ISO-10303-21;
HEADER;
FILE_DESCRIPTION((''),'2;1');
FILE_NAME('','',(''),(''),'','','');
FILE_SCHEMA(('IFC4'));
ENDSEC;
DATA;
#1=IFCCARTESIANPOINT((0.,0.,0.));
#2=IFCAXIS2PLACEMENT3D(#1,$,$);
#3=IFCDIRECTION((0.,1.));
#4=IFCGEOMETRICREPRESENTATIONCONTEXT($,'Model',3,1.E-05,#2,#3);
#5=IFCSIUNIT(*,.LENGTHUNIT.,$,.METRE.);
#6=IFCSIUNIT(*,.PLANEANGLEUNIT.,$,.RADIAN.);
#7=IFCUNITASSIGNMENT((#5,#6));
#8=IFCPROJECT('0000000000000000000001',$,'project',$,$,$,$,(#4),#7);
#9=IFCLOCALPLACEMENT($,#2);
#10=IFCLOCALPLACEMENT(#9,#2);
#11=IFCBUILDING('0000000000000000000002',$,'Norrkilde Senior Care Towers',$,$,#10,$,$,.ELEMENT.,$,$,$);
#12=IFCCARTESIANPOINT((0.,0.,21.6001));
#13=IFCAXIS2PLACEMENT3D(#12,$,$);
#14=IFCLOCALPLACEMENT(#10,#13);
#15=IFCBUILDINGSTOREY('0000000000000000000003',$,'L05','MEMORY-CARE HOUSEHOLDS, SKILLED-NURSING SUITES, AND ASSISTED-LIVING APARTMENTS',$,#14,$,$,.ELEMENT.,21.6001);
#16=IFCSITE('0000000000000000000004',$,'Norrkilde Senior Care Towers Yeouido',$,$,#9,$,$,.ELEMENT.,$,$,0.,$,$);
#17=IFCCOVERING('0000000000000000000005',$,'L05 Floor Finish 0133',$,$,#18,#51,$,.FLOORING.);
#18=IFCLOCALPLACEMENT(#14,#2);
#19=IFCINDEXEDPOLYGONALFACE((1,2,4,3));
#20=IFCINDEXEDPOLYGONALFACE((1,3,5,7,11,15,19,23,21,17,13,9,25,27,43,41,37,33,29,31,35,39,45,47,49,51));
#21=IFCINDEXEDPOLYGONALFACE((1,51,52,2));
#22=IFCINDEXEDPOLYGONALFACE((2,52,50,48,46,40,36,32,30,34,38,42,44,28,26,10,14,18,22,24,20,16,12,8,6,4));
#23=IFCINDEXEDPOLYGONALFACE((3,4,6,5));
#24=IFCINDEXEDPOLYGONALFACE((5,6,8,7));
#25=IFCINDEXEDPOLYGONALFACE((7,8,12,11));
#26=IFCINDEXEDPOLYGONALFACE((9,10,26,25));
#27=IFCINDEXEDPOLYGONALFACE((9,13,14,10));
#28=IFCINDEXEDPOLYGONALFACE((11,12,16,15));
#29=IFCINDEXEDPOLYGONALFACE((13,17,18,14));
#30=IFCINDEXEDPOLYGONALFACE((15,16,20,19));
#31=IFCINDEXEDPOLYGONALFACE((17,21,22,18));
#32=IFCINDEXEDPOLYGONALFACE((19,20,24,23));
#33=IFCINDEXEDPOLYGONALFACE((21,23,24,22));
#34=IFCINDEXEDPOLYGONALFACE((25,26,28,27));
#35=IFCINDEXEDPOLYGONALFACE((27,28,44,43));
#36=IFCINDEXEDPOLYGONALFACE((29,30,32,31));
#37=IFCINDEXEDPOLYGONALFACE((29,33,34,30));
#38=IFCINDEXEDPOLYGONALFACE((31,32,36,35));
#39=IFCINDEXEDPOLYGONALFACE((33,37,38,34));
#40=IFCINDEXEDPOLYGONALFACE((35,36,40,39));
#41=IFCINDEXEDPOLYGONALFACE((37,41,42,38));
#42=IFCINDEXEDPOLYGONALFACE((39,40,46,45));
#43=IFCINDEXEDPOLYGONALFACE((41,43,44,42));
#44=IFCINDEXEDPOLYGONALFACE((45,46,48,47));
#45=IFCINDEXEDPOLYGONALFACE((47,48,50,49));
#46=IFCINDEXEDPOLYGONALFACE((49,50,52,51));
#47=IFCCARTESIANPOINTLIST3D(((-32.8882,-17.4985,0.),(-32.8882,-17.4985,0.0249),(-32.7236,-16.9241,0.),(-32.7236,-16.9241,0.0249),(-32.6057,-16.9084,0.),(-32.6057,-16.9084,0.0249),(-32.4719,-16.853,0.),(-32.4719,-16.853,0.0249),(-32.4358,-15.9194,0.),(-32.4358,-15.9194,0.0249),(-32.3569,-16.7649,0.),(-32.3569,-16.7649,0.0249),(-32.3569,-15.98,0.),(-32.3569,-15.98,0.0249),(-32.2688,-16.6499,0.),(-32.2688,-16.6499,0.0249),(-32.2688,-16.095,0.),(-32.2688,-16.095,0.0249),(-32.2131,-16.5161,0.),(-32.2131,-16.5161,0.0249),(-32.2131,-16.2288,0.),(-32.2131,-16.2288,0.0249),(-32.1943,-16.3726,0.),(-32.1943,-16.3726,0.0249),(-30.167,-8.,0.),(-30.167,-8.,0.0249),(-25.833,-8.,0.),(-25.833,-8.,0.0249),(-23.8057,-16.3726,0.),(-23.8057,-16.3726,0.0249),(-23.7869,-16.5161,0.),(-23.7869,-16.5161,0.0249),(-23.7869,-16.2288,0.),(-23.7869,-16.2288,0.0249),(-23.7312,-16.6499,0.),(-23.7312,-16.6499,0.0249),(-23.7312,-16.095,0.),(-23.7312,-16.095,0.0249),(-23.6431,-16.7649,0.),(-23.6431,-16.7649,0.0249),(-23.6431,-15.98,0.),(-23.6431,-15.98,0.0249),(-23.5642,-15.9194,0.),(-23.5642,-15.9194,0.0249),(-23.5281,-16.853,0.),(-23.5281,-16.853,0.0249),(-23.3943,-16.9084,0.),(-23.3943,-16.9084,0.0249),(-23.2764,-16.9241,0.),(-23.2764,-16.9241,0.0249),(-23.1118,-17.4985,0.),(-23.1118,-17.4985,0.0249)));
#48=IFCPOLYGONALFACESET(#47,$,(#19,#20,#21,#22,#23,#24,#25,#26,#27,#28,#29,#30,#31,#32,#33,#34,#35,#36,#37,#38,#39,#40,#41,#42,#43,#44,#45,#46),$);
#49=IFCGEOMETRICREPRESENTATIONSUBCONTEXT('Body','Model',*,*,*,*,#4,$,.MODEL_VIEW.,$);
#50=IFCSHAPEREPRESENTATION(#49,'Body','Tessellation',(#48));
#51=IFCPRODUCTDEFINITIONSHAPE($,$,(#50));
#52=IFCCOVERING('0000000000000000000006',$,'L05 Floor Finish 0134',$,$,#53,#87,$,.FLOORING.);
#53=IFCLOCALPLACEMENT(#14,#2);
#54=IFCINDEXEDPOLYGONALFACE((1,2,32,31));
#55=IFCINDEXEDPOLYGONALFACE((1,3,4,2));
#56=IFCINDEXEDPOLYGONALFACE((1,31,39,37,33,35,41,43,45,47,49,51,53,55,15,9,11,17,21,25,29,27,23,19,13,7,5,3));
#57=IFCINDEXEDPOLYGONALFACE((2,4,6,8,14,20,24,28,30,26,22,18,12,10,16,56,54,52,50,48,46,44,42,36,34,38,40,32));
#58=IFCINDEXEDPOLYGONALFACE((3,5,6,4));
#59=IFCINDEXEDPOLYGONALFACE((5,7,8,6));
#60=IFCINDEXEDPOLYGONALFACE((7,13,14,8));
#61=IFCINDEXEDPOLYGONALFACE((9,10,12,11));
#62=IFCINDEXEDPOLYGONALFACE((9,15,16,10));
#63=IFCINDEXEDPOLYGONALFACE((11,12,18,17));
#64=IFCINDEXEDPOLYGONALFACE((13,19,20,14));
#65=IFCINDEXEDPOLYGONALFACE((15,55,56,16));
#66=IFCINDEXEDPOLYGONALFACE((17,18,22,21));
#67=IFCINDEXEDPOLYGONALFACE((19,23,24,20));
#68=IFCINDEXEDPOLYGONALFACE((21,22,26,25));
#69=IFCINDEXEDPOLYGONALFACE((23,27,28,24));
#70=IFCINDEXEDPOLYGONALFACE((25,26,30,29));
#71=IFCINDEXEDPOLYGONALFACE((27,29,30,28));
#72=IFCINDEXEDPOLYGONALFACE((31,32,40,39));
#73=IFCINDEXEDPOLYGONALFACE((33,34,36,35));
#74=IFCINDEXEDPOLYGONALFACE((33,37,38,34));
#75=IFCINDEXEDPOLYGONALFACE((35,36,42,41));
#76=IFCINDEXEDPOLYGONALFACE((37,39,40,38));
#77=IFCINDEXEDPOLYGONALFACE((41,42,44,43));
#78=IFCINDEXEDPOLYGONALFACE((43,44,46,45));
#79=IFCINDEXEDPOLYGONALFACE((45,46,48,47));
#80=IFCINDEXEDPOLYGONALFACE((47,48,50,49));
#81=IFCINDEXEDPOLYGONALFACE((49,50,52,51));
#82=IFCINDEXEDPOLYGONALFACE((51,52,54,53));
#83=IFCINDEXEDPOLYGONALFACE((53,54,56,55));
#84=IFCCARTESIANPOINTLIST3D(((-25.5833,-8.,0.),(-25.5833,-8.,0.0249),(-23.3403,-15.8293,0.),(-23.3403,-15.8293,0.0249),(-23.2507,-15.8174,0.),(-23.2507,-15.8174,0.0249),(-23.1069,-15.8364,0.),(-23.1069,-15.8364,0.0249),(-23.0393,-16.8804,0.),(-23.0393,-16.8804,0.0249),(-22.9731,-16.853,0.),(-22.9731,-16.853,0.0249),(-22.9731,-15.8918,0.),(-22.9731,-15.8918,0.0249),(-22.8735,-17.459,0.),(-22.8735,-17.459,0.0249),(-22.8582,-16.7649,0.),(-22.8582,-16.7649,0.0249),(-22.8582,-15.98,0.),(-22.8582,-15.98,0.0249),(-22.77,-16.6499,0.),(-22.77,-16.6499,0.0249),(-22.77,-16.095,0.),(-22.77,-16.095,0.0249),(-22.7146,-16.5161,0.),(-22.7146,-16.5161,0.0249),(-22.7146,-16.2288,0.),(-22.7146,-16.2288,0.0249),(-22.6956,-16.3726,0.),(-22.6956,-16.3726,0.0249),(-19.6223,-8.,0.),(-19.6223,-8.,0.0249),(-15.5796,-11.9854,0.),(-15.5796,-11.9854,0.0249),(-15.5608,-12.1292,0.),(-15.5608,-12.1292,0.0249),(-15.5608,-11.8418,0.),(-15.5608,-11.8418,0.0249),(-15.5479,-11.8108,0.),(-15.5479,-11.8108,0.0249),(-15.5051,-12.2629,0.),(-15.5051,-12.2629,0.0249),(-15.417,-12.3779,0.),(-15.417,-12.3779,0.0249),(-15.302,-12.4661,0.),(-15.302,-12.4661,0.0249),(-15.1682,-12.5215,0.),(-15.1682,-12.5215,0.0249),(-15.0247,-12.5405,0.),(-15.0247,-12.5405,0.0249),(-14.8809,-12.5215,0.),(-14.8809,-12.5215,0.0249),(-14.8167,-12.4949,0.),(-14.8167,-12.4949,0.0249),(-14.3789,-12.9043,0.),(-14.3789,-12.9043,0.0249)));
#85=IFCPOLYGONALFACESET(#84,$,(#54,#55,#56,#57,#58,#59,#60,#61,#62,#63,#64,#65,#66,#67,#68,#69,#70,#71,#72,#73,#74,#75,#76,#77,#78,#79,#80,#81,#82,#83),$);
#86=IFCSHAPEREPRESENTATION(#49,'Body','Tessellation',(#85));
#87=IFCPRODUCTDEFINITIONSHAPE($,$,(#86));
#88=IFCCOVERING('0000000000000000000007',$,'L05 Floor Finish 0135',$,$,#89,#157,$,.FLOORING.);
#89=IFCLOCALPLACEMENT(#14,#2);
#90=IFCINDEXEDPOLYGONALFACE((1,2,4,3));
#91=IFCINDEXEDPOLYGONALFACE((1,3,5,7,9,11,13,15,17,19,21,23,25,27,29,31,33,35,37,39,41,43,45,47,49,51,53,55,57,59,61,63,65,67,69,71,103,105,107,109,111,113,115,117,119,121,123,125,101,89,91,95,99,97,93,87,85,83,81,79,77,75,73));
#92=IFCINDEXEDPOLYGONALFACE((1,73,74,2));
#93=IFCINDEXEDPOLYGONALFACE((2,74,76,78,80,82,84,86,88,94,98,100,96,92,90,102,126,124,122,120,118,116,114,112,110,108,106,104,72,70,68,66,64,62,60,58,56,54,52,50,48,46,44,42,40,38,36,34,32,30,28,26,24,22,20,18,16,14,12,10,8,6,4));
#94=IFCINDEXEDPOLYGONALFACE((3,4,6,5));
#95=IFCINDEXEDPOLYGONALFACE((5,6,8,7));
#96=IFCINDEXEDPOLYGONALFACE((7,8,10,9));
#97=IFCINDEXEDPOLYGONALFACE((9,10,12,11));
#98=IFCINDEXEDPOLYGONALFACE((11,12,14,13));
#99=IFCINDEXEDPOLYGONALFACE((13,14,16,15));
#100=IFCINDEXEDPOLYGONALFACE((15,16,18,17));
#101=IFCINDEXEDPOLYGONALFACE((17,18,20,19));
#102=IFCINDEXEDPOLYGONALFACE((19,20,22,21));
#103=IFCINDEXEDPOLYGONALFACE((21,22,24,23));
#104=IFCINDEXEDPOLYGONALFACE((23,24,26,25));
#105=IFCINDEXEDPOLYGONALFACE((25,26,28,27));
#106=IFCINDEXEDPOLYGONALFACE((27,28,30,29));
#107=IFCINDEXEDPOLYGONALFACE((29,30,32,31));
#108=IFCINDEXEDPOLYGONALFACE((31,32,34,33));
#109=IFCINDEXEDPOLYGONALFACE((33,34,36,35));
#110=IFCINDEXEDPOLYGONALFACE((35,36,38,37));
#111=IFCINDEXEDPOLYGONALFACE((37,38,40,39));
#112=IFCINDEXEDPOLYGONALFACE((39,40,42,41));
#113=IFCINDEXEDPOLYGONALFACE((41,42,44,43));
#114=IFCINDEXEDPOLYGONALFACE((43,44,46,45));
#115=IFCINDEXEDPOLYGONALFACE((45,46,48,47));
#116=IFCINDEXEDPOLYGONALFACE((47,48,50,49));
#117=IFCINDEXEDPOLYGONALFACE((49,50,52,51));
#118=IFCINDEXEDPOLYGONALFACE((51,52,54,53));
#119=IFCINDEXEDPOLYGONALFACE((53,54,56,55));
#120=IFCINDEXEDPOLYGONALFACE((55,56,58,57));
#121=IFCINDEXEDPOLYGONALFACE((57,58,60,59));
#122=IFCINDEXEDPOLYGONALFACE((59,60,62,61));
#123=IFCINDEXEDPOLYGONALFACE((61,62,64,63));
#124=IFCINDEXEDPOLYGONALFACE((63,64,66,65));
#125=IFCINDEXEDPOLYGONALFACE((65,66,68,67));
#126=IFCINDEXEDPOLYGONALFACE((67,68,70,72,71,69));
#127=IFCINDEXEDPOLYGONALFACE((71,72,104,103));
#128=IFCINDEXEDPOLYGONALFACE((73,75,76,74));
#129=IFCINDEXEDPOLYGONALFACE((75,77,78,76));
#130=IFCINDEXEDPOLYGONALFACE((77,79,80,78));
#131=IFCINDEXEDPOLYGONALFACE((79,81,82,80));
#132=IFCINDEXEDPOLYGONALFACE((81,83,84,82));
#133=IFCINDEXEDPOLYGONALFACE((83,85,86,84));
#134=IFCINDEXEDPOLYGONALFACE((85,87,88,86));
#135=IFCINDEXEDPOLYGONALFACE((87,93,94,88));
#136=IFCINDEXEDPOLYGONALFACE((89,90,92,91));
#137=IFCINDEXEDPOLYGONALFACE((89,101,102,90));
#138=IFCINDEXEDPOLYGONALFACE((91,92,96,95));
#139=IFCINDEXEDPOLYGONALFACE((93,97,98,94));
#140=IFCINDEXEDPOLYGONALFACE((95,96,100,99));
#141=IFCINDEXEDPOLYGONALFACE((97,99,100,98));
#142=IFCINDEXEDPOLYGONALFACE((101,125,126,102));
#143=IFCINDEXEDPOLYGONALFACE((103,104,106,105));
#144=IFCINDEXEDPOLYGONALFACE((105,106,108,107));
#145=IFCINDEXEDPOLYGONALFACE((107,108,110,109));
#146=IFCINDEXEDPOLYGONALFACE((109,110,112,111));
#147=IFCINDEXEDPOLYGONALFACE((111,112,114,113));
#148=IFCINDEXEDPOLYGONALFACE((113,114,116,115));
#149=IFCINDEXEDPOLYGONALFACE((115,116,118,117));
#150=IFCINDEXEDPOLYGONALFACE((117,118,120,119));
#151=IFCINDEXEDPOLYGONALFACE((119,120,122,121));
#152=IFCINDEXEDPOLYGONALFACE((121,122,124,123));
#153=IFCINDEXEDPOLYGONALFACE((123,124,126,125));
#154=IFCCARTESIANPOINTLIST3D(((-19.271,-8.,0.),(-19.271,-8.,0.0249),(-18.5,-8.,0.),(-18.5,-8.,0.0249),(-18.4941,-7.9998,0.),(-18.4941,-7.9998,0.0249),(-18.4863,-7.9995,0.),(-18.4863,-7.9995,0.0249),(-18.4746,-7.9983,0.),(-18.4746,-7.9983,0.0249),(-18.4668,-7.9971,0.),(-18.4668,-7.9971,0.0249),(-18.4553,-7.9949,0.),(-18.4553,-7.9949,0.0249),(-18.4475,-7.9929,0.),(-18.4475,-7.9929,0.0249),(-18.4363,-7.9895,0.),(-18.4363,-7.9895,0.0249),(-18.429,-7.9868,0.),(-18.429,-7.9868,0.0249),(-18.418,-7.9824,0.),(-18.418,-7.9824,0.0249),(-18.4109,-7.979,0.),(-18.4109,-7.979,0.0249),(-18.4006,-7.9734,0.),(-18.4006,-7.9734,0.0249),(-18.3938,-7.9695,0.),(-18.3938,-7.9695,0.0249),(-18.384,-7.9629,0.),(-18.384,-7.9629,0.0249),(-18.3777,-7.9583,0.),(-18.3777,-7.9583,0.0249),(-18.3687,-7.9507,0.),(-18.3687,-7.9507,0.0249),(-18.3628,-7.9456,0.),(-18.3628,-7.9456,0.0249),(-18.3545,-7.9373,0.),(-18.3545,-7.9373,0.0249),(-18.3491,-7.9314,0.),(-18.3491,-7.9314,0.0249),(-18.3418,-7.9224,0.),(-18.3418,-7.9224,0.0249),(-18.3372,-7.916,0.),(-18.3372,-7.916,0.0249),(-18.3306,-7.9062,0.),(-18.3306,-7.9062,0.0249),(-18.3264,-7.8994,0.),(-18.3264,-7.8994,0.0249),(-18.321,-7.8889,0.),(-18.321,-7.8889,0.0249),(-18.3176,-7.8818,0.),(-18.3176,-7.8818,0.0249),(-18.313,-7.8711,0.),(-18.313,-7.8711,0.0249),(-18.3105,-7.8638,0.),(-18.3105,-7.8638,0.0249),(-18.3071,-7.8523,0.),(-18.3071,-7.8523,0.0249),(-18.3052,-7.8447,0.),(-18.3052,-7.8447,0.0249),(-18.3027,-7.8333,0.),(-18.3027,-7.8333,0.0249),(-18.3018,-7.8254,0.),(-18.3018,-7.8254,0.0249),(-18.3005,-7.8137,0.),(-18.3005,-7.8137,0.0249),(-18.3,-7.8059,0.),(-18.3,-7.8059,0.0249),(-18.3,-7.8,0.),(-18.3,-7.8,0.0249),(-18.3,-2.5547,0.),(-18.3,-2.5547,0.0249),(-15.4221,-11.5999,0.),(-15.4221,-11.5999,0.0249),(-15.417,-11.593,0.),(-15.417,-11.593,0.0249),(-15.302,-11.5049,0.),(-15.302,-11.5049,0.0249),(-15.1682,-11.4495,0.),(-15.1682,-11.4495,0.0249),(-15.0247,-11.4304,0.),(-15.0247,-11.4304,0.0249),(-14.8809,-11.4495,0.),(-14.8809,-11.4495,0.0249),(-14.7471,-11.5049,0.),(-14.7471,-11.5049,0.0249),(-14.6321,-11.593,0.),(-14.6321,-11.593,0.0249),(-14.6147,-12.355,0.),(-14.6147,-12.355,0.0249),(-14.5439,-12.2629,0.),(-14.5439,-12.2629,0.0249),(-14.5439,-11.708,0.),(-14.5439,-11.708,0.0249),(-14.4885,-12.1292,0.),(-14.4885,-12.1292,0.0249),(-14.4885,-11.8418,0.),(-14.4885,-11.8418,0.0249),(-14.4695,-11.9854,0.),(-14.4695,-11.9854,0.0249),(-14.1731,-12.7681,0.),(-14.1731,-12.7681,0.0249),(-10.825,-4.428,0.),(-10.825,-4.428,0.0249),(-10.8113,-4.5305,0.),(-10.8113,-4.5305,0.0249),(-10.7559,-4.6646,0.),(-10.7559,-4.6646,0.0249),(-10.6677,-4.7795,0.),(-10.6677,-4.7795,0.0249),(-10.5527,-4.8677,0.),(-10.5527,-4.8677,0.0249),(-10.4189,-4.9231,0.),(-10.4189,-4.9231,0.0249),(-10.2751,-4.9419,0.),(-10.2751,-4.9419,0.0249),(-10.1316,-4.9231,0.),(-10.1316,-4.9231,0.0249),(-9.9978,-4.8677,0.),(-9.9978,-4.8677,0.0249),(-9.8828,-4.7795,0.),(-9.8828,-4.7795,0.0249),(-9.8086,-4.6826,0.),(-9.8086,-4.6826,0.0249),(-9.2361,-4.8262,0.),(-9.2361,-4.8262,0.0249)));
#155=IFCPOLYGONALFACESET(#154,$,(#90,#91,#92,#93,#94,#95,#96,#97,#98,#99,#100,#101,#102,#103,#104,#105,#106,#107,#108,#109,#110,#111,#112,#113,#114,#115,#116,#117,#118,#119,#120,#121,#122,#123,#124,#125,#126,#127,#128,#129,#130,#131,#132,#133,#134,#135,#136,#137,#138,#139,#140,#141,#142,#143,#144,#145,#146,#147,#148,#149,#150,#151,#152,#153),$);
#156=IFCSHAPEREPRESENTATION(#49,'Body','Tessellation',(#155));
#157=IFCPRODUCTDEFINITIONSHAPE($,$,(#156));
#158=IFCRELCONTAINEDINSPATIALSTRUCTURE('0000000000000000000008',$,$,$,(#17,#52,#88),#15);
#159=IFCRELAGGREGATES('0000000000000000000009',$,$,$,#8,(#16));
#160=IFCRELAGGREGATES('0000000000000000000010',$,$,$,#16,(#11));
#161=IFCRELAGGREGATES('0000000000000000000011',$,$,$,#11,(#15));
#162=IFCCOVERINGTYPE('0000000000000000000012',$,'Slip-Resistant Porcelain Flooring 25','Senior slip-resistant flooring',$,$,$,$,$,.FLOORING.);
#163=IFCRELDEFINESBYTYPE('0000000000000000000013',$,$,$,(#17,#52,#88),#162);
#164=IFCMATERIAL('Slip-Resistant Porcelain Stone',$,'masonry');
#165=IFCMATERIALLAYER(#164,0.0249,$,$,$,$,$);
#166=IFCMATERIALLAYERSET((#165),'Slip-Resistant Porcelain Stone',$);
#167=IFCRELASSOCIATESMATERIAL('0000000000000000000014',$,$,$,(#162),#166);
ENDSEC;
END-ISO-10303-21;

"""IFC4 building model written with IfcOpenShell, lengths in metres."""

from ifc_helpers import new_model, si_unit, direction, frame, origin, place, context, subcontext, project, spatial, polyline, outline, extrude, material, layer, layer_set, type_object, element, save


model = new_model("IFC4")

# Units and contexts
model_context = context("Model", 3, precision=1e-05, world=origin(), true_north=direction((0.0, 1.0)))
body_context = subcontext(model_context, "Body", "Model", "MODEL_VIEW")
ifc_project = project(units=[si_unit("LENGTHUNIT", "METRE"), si_unit("PLANEANGLEUNIT", "RADIAN")], contexts=[model_context])

# Site, building, storey
site_placement = place(None, origin())
site = spatial("IfcSite", under=ifc_project, at=site_placement, Name="Norrkilde Senior Care Towers Yeouido", CompositionType="ELEMENT", RefElevation=0.0)
building_placement = place(site_placement, origin())
building = spatial("IfcBuilding", under=site, at=building_placement, Name="Norrkilde Senior Care Towers", CompositionType="ELEMENT")
storey_placement = place(building_placement, frame((0.0, 0.0, 21.6001)))
storey = spatial("IfcBuildingStorey", under=building, at=storey_placement, Name="L05", Description="MEMORY-CARE HOUSEHOLDS, SKILLED-NURSING SUITES, AND ASSISTED-LIVING APARTMENTS", CompositionType="ELEMENT", Elevation=21.6001)

# Coverings
ifc_material_1 = material(Name="Slip-Resistant Porcelain Stone", Category="masonry")
ifc_layer_1 = layer(ifc_material_1, 0.0249)
ifc_layer_set_1 = layer_set([ifc_layer_1], Name="Slip-Resistant Porcelain Stone")
covering_type_1 = type_object("IfcCoveringType", Name="Slip-Resistant Porcelain Flooring 25", Description="Senior slip-resistant flooring", PredefinedType="FLOORING", material=ifc_layer_set_1)
covering_1_placement = place(storey_placement, origin())
element("IfcCovering", 1, at=covering_1_placement, inside=storey, type_object=covering_type_1, Name="L05 Floor Finish 0133", PredefinedType="FLOORING", context=body_context, shape_type="SweptSolid", body=[
    extrude(outline(polyline([(-32.8882, -17.4985), (-32.7236, -16.9241), (-32.6057, -16.9084), (-32.4719, -16.853), (-32.3569, -16.7649), (-32.2688, -16.6499), (-32.2131, -16.5161), (-32.1943, -16.3726), (-32.2131, -16.2288), (-32.2688, -16.095), (-32.3569, -15.98), (-32.4358, -15.9194), (-30.167, -8.0), (-25.833, -8.0), (-23.5642, -15.9194), (-23.6431, -15.98), (-23.7312, -16.095), (-23.7869, -16.2288), (-23.8057, -16.3726), (-23.7869, -16.5161), (-23.7312, -16.6499), (-23.6431, -16.7649), (-23.5281, -16.853), (-23.3943, -16.9084), (-23.2764, -16.9241), (-23.1118, -17.4985), (-32.8882, -17.4985)])), origin(), (0.0, 0.0, 1.0), 0.0249),
])
covering_2_placement = place(storey_placement, origin())
element("IfcCovering", 2, at=covering_2_placement, inside=storey, type_object=covering_type_1, Name="L05 Floor Finish 0134", PredefinedType="FLOORING", context=body_context, shape_type="SweptSolid", body=[
    extrude(outline(polyline([(-22.8735, -17.459), (-23.0393, -16.8804), (-22.9731, -16.853), (-22.8582, -16.7649), (-22.77, -16.6499), (-22.7146, -16.5161), (-22.6956, -16.3726), (-22.7146, -16.2288), (-22.77, -16.095), (-22.8582, -15.98), (-22.9731, -15.8918), (-23.1069, -15.8364), (-23.2507, -15.8174), (-23.3403, -15.8293), (-25.5833, -8.0), (-19.6223, -8.0), (-15.5479, -11.8108), (-15.5608, -11.8418), (-15.5796, -11.9854), (-15.5608, -12.1292), (-15.5051, -12.2629), (-15.417, -12.3779), (-15.302, -12.4661), (-15.1682, -12.5215), (-15.0247, -12.5405), (-14.8809, -12.5215), (-14.8167, -12.4949), (-14.3789, -12.9043), (-22.8735, -17.459)])), origin(), (0.0, 0.0, 1.0), 0.0249),
])
covering_3_placement = place(storey_placement, origin())
element("IfcCovering", 3, at=covering_3_placement, inside=storey, type_object=covering_type_1, Name="L05 Floor Finish 0135", PredefinedType="FLOORING", context=body_context, shape_type="SweptSolid", body=[
    extrude(outline(polyline([(-18.4475, -7.9929), (-18.4363, -7.9895), (-18.429, -7.9868), (-18.418, -7.9824), (-18.4109, -7.979), (-18.4006, -7.9734), (-18.3938, -7.9695), (-18.384, -7.9629), (-18.3777, -7.9583), (-18.3687, -7.9507), (-18.3628, -7.9456), (-18.3545, -7.9373), (-18.3491, -7.9314), (-18.3418, -7.9224), (-18.3372, -7.916), (-18.3306, -7.9062), (-18.3264, -7.8994), (-18.321, -7.8889), (-18.3176, -7.8818), (-18.313, -7.8711), (-18.3105, -7.8638), (-18.3071, -7.8523), (-18.3052, -7.8447), (-18.3027, -7.8333), (-18.3018, -7.8254), (-18.3005, -7.8137), (-18.3, -7.8059), (-18.3, -7.8), (-18.3, -2.5547), (-10.825, -4.428), (-10.8113, -4.5305), (-10.7559, -4.6646), (-10.6677, -4.7795), (-10.5527, -4.8677), (-10.4189, -4.9231), (-10.2751, -4.9419), (-10.1316, -4.9231), (-9.9978, -4.8677), (-9.8828, -4.7795), (-9.8086, -4.6826), (-9.2361, -4.8262), (-14.1731, -12.7681), (-14.6147, -12.355), (-14.5439, -12.2629), (-14.4885, -12.1292), (-14.4695, -11.9854), (-14.4885, -11.8418), (-14.5439, -11.708), (-14.6321, -11.593), (-14.7471, -11.5049), (-14.8809, -11.4495), (-15.0247, -11.4304), (-15.1682, -11.4495), (-15.302, -11.5049), (-15.417, -11.593), (-15.4221, -11.5999), (-19.271, -8.0), (-18.5, -8.0), (-18.4941, -7.9998), (-18.4863, -7.9995), (-18.4746, -7.9983), (-18.4668, -7.9971), (-18.4553, -7.9949), (-18.4475, -7.9929)])), origin(), (0.0, 0.0, 1.0), 0.0249),
])

save(model, "model.ifc")
